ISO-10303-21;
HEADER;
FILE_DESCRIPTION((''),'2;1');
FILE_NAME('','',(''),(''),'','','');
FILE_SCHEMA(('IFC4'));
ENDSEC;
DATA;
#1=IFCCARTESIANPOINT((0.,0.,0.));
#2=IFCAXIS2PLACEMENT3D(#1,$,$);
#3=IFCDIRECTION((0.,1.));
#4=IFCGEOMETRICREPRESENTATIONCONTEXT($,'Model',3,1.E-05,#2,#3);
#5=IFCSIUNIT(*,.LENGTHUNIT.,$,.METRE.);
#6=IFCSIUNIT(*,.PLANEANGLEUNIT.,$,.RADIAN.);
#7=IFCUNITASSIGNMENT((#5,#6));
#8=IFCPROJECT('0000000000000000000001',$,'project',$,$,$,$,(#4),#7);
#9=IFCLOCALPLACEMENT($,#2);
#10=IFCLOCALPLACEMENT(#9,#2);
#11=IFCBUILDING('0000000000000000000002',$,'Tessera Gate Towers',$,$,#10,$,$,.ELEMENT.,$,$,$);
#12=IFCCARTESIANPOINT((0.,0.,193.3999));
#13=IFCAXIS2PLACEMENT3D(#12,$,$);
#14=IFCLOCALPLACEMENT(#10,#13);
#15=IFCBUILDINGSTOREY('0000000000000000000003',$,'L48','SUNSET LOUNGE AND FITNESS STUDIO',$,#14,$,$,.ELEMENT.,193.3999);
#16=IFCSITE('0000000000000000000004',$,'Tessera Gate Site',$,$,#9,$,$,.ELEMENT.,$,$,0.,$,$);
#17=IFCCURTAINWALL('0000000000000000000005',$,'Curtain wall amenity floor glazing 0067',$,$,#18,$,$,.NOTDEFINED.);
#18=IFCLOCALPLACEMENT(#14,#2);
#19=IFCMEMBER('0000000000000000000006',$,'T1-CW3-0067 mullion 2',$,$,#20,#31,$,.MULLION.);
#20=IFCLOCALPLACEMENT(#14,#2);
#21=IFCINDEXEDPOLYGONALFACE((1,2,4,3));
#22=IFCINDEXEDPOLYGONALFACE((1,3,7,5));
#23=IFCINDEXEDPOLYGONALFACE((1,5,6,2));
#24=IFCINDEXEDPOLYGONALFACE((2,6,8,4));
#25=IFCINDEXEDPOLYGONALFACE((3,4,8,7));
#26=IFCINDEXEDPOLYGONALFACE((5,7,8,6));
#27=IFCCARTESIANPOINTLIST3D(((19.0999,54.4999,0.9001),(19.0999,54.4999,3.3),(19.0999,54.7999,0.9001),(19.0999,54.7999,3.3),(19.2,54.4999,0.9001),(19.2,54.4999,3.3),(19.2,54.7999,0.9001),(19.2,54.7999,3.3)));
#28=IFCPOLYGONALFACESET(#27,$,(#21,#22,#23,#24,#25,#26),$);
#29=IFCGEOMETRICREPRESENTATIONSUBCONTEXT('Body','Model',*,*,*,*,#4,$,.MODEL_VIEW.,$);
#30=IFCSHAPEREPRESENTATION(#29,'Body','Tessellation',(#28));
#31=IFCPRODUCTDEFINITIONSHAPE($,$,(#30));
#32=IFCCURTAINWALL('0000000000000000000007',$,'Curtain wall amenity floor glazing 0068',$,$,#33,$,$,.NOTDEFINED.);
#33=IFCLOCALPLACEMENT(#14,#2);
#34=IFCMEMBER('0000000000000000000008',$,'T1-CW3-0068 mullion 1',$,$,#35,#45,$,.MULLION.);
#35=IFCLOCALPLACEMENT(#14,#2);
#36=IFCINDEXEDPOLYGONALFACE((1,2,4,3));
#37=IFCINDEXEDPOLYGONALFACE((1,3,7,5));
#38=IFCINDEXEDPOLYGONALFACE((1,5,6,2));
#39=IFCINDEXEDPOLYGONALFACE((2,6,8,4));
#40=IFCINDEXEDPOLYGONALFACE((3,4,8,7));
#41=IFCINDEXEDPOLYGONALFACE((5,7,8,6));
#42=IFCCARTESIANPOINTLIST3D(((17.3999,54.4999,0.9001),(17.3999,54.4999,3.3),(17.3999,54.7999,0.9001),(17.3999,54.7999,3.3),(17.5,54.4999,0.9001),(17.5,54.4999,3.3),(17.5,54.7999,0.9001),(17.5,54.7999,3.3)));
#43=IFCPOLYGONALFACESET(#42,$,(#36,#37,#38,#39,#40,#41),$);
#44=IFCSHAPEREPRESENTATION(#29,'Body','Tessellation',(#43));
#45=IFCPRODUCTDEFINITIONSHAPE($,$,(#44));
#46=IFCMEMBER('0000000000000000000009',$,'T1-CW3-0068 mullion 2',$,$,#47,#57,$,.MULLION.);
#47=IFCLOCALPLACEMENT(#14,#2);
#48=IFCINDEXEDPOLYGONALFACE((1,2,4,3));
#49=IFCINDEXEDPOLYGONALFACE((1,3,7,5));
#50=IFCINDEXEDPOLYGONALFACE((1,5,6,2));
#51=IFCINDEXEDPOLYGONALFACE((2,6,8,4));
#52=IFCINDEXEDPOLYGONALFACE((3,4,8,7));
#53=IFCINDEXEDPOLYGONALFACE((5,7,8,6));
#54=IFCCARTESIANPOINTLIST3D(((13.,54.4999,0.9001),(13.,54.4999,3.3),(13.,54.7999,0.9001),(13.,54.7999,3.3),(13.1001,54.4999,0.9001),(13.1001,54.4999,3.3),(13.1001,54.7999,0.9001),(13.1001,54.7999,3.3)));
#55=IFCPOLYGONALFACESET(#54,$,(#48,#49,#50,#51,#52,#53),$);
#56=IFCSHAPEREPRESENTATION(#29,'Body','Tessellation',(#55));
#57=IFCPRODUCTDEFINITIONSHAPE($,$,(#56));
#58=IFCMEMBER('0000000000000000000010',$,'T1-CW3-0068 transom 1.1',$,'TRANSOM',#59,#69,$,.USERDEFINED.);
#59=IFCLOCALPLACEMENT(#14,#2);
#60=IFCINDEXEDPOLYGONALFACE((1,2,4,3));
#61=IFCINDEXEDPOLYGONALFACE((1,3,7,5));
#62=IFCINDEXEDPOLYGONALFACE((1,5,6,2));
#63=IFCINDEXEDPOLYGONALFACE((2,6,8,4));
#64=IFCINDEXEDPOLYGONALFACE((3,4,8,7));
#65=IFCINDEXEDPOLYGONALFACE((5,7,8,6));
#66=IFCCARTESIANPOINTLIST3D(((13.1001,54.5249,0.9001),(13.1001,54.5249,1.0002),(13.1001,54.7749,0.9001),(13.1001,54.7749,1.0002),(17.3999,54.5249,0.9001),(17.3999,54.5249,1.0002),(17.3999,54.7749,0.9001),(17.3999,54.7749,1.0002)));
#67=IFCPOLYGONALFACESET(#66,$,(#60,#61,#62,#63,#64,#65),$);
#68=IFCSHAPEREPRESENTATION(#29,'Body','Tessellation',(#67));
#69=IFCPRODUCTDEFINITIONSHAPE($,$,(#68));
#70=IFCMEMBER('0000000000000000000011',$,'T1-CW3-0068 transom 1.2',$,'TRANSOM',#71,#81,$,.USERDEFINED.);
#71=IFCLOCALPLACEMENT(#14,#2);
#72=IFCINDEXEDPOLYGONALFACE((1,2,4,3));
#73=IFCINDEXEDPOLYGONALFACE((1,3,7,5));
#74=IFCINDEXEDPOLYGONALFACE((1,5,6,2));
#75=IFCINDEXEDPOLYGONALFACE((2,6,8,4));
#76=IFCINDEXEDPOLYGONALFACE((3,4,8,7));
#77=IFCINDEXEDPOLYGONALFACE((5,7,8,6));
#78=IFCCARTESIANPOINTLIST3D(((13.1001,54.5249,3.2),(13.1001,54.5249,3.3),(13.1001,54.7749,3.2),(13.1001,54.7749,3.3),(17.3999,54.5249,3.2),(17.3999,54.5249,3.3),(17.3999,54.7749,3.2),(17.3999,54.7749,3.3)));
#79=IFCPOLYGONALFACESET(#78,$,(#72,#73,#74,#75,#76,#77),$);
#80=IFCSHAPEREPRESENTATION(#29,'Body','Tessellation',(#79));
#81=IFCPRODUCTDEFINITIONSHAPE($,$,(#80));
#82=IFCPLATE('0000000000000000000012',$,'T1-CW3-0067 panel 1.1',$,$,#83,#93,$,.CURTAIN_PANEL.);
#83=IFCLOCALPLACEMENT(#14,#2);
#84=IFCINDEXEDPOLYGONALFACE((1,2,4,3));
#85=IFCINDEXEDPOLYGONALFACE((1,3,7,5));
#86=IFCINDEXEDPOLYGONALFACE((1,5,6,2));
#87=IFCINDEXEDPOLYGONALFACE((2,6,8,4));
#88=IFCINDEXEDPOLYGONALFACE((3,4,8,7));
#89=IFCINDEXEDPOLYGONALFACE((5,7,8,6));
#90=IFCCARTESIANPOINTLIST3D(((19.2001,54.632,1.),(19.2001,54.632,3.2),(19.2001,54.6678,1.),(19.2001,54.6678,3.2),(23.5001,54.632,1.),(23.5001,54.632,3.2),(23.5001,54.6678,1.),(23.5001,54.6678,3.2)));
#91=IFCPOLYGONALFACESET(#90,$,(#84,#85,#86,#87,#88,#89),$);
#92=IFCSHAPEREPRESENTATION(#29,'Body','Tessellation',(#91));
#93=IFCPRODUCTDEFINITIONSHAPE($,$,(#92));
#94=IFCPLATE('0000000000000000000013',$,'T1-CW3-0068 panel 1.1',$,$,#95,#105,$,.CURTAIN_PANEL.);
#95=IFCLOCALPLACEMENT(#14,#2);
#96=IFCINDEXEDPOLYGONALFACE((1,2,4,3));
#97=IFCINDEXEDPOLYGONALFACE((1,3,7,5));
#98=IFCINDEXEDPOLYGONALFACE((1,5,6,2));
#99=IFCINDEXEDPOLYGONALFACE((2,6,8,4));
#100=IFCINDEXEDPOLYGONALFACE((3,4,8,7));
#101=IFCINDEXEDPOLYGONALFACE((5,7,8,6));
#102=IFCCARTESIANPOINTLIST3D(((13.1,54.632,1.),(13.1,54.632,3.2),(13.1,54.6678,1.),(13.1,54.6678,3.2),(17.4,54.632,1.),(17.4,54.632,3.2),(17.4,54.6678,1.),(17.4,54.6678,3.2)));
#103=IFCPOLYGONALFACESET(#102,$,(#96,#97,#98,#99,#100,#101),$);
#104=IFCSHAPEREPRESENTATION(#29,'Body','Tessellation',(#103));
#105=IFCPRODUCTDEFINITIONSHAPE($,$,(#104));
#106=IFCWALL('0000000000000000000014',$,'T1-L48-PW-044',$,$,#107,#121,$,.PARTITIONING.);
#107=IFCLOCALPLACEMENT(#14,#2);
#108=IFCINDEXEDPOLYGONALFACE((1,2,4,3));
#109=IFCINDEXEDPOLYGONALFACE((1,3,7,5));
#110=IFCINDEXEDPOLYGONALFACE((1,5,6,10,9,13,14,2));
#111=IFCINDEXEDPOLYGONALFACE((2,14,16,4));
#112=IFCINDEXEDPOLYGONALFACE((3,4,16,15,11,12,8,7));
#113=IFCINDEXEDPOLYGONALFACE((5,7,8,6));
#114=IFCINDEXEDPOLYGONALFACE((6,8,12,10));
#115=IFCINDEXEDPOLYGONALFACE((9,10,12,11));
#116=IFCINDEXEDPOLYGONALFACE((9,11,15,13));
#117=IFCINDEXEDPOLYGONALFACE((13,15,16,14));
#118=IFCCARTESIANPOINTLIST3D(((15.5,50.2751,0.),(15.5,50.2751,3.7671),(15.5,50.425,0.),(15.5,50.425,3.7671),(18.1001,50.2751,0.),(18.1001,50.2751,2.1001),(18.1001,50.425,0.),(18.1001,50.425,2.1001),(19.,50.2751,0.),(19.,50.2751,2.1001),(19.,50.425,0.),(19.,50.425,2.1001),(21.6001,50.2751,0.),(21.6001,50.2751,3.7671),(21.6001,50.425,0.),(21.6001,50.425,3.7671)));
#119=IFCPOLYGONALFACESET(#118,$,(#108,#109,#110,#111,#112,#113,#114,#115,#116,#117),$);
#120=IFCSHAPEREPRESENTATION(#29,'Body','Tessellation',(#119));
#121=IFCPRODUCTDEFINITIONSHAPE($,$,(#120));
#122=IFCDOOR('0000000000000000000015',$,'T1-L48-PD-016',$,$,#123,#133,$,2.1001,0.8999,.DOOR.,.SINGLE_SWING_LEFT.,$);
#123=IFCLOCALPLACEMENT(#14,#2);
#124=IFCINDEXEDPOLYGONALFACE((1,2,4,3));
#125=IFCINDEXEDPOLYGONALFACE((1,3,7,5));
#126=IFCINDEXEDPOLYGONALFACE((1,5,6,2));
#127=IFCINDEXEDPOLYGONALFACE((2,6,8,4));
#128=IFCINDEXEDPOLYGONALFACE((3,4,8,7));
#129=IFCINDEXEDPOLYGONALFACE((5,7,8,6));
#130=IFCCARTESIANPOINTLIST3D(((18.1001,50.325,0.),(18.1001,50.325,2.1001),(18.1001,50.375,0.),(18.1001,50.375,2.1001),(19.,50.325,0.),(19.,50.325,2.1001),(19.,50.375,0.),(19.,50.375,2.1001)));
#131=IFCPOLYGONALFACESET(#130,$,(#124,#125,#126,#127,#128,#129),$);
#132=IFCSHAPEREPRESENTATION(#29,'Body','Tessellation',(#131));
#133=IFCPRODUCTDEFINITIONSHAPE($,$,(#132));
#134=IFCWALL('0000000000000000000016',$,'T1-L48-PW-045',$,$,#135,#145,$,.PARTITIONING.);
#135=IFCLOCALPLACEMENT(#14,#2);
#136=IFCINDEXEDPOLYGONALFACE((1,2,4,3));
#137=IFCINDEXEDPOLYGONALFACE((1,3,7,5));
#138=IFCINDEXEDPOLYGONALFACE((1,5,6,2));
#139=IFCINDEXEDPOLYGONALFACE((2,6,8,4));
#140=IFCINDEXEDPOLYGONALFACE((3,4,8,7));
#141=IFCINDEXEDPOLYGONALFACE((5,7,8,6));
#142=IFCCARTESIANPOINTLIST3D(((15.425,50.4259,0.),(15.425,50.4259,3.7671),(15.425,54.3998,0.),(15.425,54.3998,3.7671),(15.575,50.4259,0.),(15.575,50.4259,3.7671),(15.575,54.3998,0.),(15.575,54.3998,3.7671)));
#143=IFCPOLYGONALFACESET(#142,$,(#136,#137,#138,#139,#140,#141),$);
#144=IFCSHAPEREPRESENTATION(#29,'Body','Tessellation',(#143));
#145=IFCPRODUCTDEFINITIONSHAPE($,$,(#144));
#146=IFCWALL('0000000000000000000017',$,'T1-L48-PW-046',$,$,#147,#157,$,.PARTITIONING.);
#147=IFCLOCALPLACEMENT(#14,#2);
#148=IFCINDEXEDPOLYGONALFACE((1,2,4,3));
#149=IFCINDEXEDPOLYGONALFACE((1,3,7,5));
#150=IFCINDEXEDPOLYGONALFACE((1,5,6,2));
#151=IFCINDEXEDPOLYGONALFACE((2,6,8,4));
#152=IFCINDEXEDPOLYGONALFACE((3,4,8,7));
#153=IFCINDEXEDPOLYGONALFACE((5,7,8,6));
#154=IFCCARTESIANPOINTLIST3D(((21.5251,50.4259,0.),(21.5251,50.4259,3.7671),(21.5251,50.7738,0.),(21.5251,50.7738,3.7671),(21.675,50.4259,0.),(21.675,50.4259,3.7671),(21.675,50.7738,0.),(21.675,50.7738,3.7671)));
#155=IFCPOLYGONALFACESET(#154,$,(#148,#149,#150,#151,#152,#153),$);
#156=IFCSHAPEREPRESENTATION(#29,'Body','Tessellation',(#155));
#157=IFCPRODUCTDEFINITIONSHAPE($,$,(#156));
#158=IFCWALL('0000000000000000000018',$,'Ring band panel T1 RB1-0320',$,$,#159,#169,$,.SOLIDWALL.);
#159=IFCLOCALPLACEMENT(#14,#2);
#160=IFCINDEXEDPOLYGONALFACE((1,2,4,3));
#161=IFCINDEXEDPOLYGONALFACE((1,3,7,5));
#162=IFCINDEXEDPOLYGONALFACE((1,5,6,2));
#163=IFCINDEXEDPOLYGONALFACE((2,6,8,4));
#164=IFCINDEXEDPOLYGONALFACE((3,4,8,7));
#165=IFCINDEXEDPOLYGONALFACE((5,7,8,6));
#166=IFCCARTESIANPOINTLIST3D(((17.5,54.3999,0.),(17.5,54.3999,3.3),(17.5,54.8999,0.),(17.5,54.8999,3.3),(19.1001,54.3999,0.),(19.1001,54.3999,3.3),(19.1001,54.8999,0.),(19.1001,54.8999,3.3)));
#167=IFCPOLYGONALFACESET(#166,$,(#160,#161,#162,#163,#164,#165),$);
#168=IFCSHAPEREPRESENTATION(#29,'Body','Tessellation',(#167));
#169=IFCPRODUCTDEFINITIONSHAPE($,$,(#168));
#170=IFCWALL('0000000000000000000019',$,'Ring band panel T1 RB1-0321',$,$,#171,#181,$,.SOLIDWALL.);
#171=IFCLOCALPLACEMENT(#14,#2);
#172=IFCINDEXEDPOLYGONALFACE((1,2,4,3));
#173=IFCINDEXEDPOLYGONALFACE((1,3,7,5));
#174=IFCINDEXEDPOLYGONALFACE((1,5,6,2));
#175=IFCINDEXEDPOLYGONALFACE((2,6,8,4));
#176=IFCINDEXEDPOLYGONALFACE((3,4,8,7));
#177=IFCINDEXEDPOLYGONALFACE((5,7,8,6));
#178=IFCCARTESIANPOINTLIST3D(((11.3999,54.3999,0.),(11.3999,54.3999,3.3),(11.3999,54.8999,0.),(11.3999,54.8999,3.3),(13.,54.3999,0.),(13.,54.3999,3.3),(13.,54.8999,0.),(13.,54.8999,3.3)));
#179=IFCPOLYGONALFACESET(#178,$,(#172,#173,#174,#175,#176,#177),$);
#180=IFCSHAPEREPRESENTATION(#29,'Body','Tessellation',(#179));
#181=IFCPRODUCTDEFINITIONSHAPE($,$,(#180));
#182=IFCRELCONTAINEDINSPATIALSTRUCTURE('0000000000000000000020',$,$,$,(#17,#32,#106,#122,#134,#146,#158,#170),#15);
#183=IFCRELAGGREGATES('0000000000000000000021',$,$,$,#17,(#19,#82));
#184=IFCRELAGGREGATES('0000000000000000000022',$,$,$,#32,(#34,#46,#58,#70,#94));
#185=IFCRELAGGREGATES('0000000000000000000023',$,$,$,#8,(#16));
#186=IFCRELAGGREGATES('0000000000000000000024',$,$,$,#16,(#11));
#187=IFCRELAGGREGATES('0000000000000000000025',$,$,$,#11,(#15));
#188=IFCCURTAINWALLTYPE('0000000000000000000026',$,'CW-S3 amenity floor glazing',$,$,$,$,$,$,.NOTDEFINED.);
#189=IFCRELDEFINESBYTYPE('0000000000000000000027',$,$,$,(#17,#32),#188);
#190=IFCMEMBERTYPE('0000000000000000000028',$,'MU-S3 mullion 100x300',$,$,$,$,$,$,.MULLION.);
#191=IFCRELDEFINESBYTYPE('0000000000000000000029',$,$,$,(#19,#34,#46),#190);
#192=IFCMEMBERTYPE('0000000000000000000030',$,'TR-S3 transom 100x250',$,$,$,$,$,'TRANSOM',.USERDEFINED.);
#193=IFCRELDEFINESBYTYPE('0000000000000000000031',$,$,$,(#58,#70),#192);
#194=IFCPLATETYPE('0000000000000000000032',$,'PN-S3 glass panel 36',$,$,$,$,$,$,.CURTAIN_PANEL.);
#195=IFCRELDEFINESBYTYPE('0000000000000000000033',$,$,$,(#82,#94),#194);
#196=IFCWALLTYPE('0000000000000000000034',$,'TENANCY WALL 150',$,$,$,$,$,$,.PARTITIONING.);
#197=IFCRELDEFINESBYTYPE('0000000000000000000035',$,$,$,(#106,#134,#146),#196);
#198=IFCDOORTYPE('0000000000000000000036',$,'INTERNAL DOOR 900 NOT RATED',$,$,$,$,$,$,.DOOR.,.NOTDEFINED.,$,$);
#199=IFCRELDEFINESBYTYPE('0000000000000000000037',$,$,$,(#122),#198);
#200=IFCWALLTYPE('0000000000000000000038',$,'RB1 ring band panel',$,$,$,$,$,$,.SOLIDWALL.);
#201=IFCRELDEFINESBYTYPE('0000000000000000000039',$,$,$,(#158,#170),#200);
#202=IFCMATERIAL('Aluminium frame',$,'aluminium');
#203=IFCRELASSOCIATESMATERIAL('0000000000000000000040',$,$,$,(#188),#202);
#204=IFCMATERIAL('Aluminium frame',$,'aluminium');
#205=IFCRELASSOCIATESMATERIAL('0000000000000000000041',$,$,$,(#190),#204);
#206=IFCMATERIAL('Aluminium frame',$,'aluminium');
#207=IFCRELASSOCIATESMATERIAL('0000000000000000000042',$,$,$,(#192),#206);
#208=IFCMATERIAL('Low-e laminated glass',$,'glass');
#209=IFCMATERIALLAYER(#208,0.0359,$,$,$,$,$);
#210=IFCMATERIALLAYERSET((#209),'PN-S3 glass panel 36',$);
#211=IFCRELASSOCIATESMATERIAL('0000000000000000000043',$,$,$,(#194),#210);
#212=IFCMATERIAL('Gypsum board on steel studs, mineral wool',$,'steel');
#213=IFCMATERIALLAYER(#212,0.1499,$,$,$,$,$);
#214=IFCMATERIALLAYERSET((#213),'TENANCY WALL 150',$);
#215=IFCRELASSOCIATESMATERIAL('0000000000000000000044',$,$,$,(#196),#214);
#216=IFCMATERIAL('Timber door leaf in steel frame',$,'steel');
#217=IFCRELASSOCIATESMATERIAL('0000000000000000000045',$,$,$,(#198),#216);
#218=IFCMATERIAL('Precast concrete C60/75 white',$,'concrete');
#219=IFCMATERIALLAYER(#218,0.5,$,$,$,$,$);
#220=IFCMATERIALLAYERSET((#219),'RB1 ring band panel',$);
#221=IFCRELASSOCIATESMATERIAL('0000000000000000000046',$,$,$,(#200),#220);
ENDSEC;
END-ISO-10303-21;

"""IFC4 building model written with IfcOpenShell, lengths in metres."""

from ifc_helpers import new_model, si_unit, direction, frame, frame_2d, origin, origin_2d, place, context, subcontext, project, spatial, polyline, rectangle, outline, extrude, source, transform, mapped, material, layer, layer_set, material_profile, profile_set, type_object, element, fill, aggregate, save


model = new_model("IFC4")

# Units and contexts
model_context = context("Model", 3, precision=1e-05, world=origin(), true_north=direction((0.0, 1.0)))
body_context = subcontext(model_context, "Body", "Model", "MODEL_VIEW")
ifc_project = project(units=[si_unit("LENGTHUNIT", "METRE"), si_unit("PLANEANGLEUNIT", "RADIAN")], contexts=[model_context])

# Site, building, storey
site_placement = place(None, origin())
site = spatial("IfcSite", under=ifc_project, at=site_placement, Name="Tessera Gate Site", CompositionType="ELEMENT", RefElevation=0.0)
building_placement = place(site_placement, origin())
building = spatial("IfcBuilding", under=site, at=building_placement, Name="Tessera Gate Towers", CompositionType="ELEMENT")
storey_placement = place(building_placement, frame((0.0, 0.0, 193.3999)))
storey = spatial("IfcBuildingStorey", under=building, at=storey_placement, Name="L48", Description="SUNSET LOUNGE AND FITNESS STUDIO", CompositionType="ELEMENT", Elevation=193.3999)

# Curtain wall, member
ifc_material_1 = material(Name="Aluminium frame", Category="aluminium")
curtain_wall_type = type_object("IfcCurtainWallType", Name="CW-S3 amenity floor glazing", PredefinedType="NOTDEFINED", material=ifc_material_1)
curtain_wall_1_placement = place(storey_placement, origin())
curtain_wall_1 = element("IfcCurtainWall", 1, at=curtain_wall_1_placement, inside=storey, type_object=curtain_wall_type, Name="Curtain wall amenity floor glazing 0067", PredefinedType="NOTDEFINED")
ifc_material_2 = material(Name="Aluminium frame", Category="aluminium")
ifc_material_profile_1 = material_profile(ifc_material_2, rectangle(XDim=0.1001, YDim=0.3, at=origin_2d()), Name="AL 100x300")
ifc_profile_set_1 = profile_set([ifc_material_profile_1], Name="Aluminium frame")
member_type_1 = type_object("IfcMemberType", Name="MU-S3 mullion 100x300", PredefinedType="MULLION", material=ifc_profile_set_1)
member_1_placement = place(storey_placement, frame((19.1499, 54.6499, 0.9001), z_axis=(0.0, 0.0, 1.0), x_axis=(-1.0, 0.0, 0.0)))
member_1 = element("IfcMember", 2, at=member_1_placement, type_object=member_type_1, Name="T1-CW3-0067 mullion 2", PredefinedType="MULLION", context=body_context, shape_type="SweptSolid", body=[
    extrude(rectangle(XDim=0.1001, YDim=0.3, at=origin_2d()), origin(), (0.0, 0.0, 1.0), 2.3999),
])

# Curtain wall, members
curtain_wall_2_placement = place(storey_placement, origin())
curtain_wall_2 = element("IfcCurtainWall", 3, at=curtain_wall_2_placement, inside=storey, type_object=curtain_wall_type, Name="Curtain wall amenity floor glazing 0068", PredefinedType="NOTDEFINED")
member_2_placement = place(storey_placement, frame((17.45, 54.6499, 0.9001), z_axis=(0.0, 0.0, 1.0), x_axis=(-1.0, 0.0, 0.0)))
member_2 = element("IfcMember", 4, at=member_2_placement, type_object=member_type_1, Name="T1-CW3-0068 mullion 1", PredefinedType="MULLION", context=body_context, shape_type="SweptSolid", body=[
    extrude(rectangle(XDim=0.1001, YDim=0.3, at=origin_2d()), origin(), (0.0, 0.0, 1.0), 2.3999),
])
member_3_placement = place(storey_placement, frame((13.05, 54.6499, 0.9001), z_axis=(0.0, 0.0, 1.0), x_axis=(-1.0, 0.0, 0.0)))
member_3 = element("IfcMember", 5, at=member_3_placement, type_object=member_type_1, Name="T1-CW3-0068 mullion 2", PredefinedType="MULLION", context=body_context, shape_type="SweptSolid", body=[
    extrude(rectangle(XDim=0.1001, YDim=0.3, at=origin_2d()), origin(), (0.0, 0.0, 1.0), 2.3999),
])
ifc_material_3 = material(Name="Aluminium frame", Category="aluminium")
ifc_material_profile_2 = material_profile(ifc_material_3, rectangle(XDim=0.25, YDim=0.1001, at=origin_2d()), Name="AL 100x250")
ifc_profile_set_2 = profile_set([ifc_material_profile_2], Name="Aluminium frame")
member_type_2 = type_object("IfcMemberType", Name="TR-S3 transom 100x250", ElementType="TRANSOM", PredefinedType="USERDEFINED", material=ifc_profile_set_2)
member_4_placement = place(storey_placement, frame((17.3999, 54.6499, 0.9502), z_axis=(-1.0, 0.0, 0.0), x_axis=(0.0, -1.0, 0.0)))
member_4 = element("IfcMember", 6, at=member_4_placement, type_object=member_type_2, Name="T1-CW3-0068 transom 1.1", ObjectType="TRANSOM", PredefinedType="USERDEFINED", context=body_context, shape_type="SweptSolid", body=[
    extrude(rectangle(XDim=0.25, YDim=0.1001, at=origin_2d()), origin(), (0.0, 0.0, 1.0), 4.2998),
])
member_5_placement = place(storey_placement, frame((17.3999, 54.6499, 3.25), z_axis=(-1.0, 0.0, 0.0), x_axis=(0.0, -1.0, 0.0)))
member_5 = element("IfcMember", 7, at=member_5_placement, type_object=member_type_2, Name="T1-CW3-0068 transom 1.2", ObjectType="TRANSOM", PredefinedType="USERDEFINED", context=body_context, shape_type="SweptSolid", body=[
    extrude(rectangle(XDim=0.25, YDim=0.1001, at=origin_2d()), origin(), (0.0, 0.0, 1.0), 4.2998),
])

# Plates
ifc_material_4 = material(Name="Low-e laminated glass", Category="glass")
ifc_layer_1 = layer(ifc_material_4, 0.0359)
ifc_layer_set_1 = layer_set([ifc_layer_1], Name="PN-S3 glass panel 36")
plate_type = type_object("IfcPlateType", Name="PN-S3 glass panel 36", PredefinedType="CURTAIN_PANEL", material=ifc_layer_set_1)
plate_1_placement = place(storey_placement, frame((21.3501, 54.6499, 1.0), z_axis=(0.0, 0.0, 1.0), x_axis=(-1.0, 0.0, 0.0)))
plate_1 = element("IfcPlate", 8, at=plate_1_placement, type_object=plate_type, Name="T1-CW3-0067 panel 1.1", PredefinedType="CURTAIN_PANEL", context=body_context, shape_type="SweptSolid", body=[
    extrude(rectangle(XDim=4.3, YDim=0.0359, at=origin_2d()), origin(), (0.0, 0.0, 1.0), 2.2),
])
aggregate(curtain_wall_1, [member_1, plate_1])
plate_2_placement = place(storey_placement, frame((15.25, 54.6499, 1.0), z_axis=(0.0, 0.0, 1.0), x_axis=(-1.0, 0.0, 0.0)))
plate_2 = element("IfcPlate", 9, at=plate_2_placement, type_object=plate_type, Name="T1-CW3-0068 panel 1.1", PredefinedType="CURTAIN_PANEL", context=body_context, shape_type="SweptSolid", body=[
    extrude(rectangle(XDim=4.3, YDim=0.0359, at=origin_2d()), origin(), (0.0, 0.0, 1.0), 2.2),
])
aggregate(curtain_wall_2, [member_2, member_3, member_4, member_5, plate_2])

# Wall, opening, door
ifc_material_5 = material(Name="Gypsum board on steel studs, mineral wool", Category="steel")
ifc_layer_2 = layer(ifc_material_5, 0.1499)
ifc_layer_set_2 = layer_set([ifc_layer_2], Name="TENANCY WALL 150")
wall_type_1 = type_object("IfcWallType", Name="TENANCY WALL 150", PredefinedType="PARTITIONING", material=ifc_layer_set_2)
wall_1_placement = place(storey_placement, frame((15.5, 50.3501, 0.0), z_axis=(0.0, 0.0, 1.0), x_axis=(1.0, 0.0, 0.0)))
wall_1 = element("IfcWall", 10, at=wall_1_placement, inside=storey, type_object=wall_type_1, Name="T1-L48-PW-044", PredefinedType="PARTITIONING", context=body_context, shape_type="SweptSolid", body=[
    extrude(rectangle(XDim=6.1001, YDim=0.1499, at=frame_2d((3.05, 0.0))), origin(), (0.0, 0.0, 1.0), 3.7671),
])
shared_shape_1 = source(origin(), body_context, "Body", "SweptSolid", [
    extrude(rectangle(XDim=0.8999, YDim=2.1001, at=frame_2d((0.45, 1.05))), frame((0.0, 0.085, 0.0), z_axis=(0.0, -1.0, 0.0), x_axis=(1.0, 0.0, 0.0)), (0.0, 0.0, 1.0), 0.1699),
])
opening_placement = place(wall_1_placement, frame((2.6001, 0.0, 0.0)))
opening = element("IfcOpeningElement", 11, at=opening_placement, cuts=wall_1, PredefinedType="OPENING", context=body_context, shape_type="MappedRepresentation", body=[
    mapped(shared_shape_1, transform((0.0, 0.0, 0.0), scale=1.0)),
])
ifc_material_6 = material(Name="Timber door leaf in steel frame", Category="steel")
door_type = type_object("IfcDoorType", Name="INTERNAL DOOR 900 NOT RATED", OperationType="NOTDEFINED", PredefinedType="DOOR", material=ifc_material_6)
shared_shape_2 = source(origin(), body_context, "Body", "SweptSolid", [
    extrude(rectangle(XDim=0.8999, YDim=2.1001, at=frame_2d((0.45, 1.05))), frame((0.0, 0.0249, 0.0), z_axis=(0.0, -1.0, 0.0), x_axis=(1.0, 0.0, 0.0)), (0.0, 0.0, 1.0), 0.05),
])
door_placement = place(opening_placement, origin())
door = element("IfcDoor", 12, at=door_placement, inside=storey, type_object=door_type, Name="T1-L48-PD-016", OperationType="SINGLE_SWING_LEFT", OverallHeight=2.1001, OverallWidth=0.8999, PredefinedType="DOOR", context=body_context, shape_type="MappedRepresentation", body=[
    mapped(shared_shape_2, transform((0.0, 0.0, 0.0), scale=1.0)),
])
fill(opening, door)

# Walls
wall_2_placement = place(storey_placement, frame((15.5, 50.426, 0.0), z_axis=(0.0, 0.0, 1.0), x_axis=(0.0, 1.0, 0.0)))
element("IfcWall", 13, at=wall_2_placement, inside=storey, type_object=wall_type_1, Name="T1-L48-PW-045", PredefinedType="PARTITIONING", context=body_context, shape_type="SweptSolid", body=[
    extrude(rectangle(XDim=3.9739, YDim=0.1499, at=frame_2d((1.9868, 0.0))), origin(), (0.0, 0.0, 1.0), 3.7671),
])
wall_3_placement = place(storey_placement, frame((21.6001, 50.426, 0.0), z_axis=(0.0, 0.0, 1.0), x_axis=(0.0, 1.0, 0.0)))
element("IfcWall", 14, at=wall_3_placement, inside=storey, type_object=wall_type_1, Name="T1-L48-PW-046", PredefinedType="PARTITIONING", context=body_context, shape_type="SweptSolid", body=[
    extrude(rectangle(XDim=0.3479, YDim=0.1499, at=frame_2d((0.1738, 0.0))), origin(), (0.0, 0.0, 1.0), 3.7671),
])
ifc_material_7 = material(Name="Precast concrete C60/75 white", Category="concrete")
ifc_layer_3 = layer(ifc_material_7, 0.5)
ifc_layer_set_3 = layer_set([ifc_layer_3], Name="RB1 ring band panel")
wall_type_2 = type_object("IfcWallType", Name="RB1 ring band panel", PredefinedType="SOLIDWALL", material=ifc_layer_set_3)
shared_shape_3 = source(origin(), body_context, "Body", "SweptSolid", [
    extrude(outline(polyline([(0.0, 0.0), (1.6001, 0.0), (1.6001, 3.3), (0.0, 3.3), (0.0, 0.0)])), frame((0.0, 0.25, 0.0), z_axis=(0.0, -1.0, 0.0), x_axis=(1.0, 0.0, 0.0)), (0.0, 0.0, 1.0), 0.5),
])
for number, where, z_axis, x_axis, name in (
    (15, (19.1001, 54.6499, 0.0), (0.0, 0.0, 1.0), (-1.0, 0.0, 0.0), "Ring band panel T1 RB1-0320"),
    (16, (13.0, 54.6499, 0.0), (0.0, 0.0, 1.0), (-1.0, 0.0, 0.0), "Ring band panel T1 RB1-0321"),
):
    element("IfcWall", number, at=place(storey_placement, frame(where, z_axis=z_axis, x_axis=x_axis)), inside=storey, type_object=wall_type_2, Name=name, PredefinedType="SOLIDWALL", context=body_context, shape_type="MappedRepresentation", body=[
        mapped(shared_shape_3, transform((0.0, 0.0, 0.0), scale=1.0)),
    ])

save(model, "model.ifc")
